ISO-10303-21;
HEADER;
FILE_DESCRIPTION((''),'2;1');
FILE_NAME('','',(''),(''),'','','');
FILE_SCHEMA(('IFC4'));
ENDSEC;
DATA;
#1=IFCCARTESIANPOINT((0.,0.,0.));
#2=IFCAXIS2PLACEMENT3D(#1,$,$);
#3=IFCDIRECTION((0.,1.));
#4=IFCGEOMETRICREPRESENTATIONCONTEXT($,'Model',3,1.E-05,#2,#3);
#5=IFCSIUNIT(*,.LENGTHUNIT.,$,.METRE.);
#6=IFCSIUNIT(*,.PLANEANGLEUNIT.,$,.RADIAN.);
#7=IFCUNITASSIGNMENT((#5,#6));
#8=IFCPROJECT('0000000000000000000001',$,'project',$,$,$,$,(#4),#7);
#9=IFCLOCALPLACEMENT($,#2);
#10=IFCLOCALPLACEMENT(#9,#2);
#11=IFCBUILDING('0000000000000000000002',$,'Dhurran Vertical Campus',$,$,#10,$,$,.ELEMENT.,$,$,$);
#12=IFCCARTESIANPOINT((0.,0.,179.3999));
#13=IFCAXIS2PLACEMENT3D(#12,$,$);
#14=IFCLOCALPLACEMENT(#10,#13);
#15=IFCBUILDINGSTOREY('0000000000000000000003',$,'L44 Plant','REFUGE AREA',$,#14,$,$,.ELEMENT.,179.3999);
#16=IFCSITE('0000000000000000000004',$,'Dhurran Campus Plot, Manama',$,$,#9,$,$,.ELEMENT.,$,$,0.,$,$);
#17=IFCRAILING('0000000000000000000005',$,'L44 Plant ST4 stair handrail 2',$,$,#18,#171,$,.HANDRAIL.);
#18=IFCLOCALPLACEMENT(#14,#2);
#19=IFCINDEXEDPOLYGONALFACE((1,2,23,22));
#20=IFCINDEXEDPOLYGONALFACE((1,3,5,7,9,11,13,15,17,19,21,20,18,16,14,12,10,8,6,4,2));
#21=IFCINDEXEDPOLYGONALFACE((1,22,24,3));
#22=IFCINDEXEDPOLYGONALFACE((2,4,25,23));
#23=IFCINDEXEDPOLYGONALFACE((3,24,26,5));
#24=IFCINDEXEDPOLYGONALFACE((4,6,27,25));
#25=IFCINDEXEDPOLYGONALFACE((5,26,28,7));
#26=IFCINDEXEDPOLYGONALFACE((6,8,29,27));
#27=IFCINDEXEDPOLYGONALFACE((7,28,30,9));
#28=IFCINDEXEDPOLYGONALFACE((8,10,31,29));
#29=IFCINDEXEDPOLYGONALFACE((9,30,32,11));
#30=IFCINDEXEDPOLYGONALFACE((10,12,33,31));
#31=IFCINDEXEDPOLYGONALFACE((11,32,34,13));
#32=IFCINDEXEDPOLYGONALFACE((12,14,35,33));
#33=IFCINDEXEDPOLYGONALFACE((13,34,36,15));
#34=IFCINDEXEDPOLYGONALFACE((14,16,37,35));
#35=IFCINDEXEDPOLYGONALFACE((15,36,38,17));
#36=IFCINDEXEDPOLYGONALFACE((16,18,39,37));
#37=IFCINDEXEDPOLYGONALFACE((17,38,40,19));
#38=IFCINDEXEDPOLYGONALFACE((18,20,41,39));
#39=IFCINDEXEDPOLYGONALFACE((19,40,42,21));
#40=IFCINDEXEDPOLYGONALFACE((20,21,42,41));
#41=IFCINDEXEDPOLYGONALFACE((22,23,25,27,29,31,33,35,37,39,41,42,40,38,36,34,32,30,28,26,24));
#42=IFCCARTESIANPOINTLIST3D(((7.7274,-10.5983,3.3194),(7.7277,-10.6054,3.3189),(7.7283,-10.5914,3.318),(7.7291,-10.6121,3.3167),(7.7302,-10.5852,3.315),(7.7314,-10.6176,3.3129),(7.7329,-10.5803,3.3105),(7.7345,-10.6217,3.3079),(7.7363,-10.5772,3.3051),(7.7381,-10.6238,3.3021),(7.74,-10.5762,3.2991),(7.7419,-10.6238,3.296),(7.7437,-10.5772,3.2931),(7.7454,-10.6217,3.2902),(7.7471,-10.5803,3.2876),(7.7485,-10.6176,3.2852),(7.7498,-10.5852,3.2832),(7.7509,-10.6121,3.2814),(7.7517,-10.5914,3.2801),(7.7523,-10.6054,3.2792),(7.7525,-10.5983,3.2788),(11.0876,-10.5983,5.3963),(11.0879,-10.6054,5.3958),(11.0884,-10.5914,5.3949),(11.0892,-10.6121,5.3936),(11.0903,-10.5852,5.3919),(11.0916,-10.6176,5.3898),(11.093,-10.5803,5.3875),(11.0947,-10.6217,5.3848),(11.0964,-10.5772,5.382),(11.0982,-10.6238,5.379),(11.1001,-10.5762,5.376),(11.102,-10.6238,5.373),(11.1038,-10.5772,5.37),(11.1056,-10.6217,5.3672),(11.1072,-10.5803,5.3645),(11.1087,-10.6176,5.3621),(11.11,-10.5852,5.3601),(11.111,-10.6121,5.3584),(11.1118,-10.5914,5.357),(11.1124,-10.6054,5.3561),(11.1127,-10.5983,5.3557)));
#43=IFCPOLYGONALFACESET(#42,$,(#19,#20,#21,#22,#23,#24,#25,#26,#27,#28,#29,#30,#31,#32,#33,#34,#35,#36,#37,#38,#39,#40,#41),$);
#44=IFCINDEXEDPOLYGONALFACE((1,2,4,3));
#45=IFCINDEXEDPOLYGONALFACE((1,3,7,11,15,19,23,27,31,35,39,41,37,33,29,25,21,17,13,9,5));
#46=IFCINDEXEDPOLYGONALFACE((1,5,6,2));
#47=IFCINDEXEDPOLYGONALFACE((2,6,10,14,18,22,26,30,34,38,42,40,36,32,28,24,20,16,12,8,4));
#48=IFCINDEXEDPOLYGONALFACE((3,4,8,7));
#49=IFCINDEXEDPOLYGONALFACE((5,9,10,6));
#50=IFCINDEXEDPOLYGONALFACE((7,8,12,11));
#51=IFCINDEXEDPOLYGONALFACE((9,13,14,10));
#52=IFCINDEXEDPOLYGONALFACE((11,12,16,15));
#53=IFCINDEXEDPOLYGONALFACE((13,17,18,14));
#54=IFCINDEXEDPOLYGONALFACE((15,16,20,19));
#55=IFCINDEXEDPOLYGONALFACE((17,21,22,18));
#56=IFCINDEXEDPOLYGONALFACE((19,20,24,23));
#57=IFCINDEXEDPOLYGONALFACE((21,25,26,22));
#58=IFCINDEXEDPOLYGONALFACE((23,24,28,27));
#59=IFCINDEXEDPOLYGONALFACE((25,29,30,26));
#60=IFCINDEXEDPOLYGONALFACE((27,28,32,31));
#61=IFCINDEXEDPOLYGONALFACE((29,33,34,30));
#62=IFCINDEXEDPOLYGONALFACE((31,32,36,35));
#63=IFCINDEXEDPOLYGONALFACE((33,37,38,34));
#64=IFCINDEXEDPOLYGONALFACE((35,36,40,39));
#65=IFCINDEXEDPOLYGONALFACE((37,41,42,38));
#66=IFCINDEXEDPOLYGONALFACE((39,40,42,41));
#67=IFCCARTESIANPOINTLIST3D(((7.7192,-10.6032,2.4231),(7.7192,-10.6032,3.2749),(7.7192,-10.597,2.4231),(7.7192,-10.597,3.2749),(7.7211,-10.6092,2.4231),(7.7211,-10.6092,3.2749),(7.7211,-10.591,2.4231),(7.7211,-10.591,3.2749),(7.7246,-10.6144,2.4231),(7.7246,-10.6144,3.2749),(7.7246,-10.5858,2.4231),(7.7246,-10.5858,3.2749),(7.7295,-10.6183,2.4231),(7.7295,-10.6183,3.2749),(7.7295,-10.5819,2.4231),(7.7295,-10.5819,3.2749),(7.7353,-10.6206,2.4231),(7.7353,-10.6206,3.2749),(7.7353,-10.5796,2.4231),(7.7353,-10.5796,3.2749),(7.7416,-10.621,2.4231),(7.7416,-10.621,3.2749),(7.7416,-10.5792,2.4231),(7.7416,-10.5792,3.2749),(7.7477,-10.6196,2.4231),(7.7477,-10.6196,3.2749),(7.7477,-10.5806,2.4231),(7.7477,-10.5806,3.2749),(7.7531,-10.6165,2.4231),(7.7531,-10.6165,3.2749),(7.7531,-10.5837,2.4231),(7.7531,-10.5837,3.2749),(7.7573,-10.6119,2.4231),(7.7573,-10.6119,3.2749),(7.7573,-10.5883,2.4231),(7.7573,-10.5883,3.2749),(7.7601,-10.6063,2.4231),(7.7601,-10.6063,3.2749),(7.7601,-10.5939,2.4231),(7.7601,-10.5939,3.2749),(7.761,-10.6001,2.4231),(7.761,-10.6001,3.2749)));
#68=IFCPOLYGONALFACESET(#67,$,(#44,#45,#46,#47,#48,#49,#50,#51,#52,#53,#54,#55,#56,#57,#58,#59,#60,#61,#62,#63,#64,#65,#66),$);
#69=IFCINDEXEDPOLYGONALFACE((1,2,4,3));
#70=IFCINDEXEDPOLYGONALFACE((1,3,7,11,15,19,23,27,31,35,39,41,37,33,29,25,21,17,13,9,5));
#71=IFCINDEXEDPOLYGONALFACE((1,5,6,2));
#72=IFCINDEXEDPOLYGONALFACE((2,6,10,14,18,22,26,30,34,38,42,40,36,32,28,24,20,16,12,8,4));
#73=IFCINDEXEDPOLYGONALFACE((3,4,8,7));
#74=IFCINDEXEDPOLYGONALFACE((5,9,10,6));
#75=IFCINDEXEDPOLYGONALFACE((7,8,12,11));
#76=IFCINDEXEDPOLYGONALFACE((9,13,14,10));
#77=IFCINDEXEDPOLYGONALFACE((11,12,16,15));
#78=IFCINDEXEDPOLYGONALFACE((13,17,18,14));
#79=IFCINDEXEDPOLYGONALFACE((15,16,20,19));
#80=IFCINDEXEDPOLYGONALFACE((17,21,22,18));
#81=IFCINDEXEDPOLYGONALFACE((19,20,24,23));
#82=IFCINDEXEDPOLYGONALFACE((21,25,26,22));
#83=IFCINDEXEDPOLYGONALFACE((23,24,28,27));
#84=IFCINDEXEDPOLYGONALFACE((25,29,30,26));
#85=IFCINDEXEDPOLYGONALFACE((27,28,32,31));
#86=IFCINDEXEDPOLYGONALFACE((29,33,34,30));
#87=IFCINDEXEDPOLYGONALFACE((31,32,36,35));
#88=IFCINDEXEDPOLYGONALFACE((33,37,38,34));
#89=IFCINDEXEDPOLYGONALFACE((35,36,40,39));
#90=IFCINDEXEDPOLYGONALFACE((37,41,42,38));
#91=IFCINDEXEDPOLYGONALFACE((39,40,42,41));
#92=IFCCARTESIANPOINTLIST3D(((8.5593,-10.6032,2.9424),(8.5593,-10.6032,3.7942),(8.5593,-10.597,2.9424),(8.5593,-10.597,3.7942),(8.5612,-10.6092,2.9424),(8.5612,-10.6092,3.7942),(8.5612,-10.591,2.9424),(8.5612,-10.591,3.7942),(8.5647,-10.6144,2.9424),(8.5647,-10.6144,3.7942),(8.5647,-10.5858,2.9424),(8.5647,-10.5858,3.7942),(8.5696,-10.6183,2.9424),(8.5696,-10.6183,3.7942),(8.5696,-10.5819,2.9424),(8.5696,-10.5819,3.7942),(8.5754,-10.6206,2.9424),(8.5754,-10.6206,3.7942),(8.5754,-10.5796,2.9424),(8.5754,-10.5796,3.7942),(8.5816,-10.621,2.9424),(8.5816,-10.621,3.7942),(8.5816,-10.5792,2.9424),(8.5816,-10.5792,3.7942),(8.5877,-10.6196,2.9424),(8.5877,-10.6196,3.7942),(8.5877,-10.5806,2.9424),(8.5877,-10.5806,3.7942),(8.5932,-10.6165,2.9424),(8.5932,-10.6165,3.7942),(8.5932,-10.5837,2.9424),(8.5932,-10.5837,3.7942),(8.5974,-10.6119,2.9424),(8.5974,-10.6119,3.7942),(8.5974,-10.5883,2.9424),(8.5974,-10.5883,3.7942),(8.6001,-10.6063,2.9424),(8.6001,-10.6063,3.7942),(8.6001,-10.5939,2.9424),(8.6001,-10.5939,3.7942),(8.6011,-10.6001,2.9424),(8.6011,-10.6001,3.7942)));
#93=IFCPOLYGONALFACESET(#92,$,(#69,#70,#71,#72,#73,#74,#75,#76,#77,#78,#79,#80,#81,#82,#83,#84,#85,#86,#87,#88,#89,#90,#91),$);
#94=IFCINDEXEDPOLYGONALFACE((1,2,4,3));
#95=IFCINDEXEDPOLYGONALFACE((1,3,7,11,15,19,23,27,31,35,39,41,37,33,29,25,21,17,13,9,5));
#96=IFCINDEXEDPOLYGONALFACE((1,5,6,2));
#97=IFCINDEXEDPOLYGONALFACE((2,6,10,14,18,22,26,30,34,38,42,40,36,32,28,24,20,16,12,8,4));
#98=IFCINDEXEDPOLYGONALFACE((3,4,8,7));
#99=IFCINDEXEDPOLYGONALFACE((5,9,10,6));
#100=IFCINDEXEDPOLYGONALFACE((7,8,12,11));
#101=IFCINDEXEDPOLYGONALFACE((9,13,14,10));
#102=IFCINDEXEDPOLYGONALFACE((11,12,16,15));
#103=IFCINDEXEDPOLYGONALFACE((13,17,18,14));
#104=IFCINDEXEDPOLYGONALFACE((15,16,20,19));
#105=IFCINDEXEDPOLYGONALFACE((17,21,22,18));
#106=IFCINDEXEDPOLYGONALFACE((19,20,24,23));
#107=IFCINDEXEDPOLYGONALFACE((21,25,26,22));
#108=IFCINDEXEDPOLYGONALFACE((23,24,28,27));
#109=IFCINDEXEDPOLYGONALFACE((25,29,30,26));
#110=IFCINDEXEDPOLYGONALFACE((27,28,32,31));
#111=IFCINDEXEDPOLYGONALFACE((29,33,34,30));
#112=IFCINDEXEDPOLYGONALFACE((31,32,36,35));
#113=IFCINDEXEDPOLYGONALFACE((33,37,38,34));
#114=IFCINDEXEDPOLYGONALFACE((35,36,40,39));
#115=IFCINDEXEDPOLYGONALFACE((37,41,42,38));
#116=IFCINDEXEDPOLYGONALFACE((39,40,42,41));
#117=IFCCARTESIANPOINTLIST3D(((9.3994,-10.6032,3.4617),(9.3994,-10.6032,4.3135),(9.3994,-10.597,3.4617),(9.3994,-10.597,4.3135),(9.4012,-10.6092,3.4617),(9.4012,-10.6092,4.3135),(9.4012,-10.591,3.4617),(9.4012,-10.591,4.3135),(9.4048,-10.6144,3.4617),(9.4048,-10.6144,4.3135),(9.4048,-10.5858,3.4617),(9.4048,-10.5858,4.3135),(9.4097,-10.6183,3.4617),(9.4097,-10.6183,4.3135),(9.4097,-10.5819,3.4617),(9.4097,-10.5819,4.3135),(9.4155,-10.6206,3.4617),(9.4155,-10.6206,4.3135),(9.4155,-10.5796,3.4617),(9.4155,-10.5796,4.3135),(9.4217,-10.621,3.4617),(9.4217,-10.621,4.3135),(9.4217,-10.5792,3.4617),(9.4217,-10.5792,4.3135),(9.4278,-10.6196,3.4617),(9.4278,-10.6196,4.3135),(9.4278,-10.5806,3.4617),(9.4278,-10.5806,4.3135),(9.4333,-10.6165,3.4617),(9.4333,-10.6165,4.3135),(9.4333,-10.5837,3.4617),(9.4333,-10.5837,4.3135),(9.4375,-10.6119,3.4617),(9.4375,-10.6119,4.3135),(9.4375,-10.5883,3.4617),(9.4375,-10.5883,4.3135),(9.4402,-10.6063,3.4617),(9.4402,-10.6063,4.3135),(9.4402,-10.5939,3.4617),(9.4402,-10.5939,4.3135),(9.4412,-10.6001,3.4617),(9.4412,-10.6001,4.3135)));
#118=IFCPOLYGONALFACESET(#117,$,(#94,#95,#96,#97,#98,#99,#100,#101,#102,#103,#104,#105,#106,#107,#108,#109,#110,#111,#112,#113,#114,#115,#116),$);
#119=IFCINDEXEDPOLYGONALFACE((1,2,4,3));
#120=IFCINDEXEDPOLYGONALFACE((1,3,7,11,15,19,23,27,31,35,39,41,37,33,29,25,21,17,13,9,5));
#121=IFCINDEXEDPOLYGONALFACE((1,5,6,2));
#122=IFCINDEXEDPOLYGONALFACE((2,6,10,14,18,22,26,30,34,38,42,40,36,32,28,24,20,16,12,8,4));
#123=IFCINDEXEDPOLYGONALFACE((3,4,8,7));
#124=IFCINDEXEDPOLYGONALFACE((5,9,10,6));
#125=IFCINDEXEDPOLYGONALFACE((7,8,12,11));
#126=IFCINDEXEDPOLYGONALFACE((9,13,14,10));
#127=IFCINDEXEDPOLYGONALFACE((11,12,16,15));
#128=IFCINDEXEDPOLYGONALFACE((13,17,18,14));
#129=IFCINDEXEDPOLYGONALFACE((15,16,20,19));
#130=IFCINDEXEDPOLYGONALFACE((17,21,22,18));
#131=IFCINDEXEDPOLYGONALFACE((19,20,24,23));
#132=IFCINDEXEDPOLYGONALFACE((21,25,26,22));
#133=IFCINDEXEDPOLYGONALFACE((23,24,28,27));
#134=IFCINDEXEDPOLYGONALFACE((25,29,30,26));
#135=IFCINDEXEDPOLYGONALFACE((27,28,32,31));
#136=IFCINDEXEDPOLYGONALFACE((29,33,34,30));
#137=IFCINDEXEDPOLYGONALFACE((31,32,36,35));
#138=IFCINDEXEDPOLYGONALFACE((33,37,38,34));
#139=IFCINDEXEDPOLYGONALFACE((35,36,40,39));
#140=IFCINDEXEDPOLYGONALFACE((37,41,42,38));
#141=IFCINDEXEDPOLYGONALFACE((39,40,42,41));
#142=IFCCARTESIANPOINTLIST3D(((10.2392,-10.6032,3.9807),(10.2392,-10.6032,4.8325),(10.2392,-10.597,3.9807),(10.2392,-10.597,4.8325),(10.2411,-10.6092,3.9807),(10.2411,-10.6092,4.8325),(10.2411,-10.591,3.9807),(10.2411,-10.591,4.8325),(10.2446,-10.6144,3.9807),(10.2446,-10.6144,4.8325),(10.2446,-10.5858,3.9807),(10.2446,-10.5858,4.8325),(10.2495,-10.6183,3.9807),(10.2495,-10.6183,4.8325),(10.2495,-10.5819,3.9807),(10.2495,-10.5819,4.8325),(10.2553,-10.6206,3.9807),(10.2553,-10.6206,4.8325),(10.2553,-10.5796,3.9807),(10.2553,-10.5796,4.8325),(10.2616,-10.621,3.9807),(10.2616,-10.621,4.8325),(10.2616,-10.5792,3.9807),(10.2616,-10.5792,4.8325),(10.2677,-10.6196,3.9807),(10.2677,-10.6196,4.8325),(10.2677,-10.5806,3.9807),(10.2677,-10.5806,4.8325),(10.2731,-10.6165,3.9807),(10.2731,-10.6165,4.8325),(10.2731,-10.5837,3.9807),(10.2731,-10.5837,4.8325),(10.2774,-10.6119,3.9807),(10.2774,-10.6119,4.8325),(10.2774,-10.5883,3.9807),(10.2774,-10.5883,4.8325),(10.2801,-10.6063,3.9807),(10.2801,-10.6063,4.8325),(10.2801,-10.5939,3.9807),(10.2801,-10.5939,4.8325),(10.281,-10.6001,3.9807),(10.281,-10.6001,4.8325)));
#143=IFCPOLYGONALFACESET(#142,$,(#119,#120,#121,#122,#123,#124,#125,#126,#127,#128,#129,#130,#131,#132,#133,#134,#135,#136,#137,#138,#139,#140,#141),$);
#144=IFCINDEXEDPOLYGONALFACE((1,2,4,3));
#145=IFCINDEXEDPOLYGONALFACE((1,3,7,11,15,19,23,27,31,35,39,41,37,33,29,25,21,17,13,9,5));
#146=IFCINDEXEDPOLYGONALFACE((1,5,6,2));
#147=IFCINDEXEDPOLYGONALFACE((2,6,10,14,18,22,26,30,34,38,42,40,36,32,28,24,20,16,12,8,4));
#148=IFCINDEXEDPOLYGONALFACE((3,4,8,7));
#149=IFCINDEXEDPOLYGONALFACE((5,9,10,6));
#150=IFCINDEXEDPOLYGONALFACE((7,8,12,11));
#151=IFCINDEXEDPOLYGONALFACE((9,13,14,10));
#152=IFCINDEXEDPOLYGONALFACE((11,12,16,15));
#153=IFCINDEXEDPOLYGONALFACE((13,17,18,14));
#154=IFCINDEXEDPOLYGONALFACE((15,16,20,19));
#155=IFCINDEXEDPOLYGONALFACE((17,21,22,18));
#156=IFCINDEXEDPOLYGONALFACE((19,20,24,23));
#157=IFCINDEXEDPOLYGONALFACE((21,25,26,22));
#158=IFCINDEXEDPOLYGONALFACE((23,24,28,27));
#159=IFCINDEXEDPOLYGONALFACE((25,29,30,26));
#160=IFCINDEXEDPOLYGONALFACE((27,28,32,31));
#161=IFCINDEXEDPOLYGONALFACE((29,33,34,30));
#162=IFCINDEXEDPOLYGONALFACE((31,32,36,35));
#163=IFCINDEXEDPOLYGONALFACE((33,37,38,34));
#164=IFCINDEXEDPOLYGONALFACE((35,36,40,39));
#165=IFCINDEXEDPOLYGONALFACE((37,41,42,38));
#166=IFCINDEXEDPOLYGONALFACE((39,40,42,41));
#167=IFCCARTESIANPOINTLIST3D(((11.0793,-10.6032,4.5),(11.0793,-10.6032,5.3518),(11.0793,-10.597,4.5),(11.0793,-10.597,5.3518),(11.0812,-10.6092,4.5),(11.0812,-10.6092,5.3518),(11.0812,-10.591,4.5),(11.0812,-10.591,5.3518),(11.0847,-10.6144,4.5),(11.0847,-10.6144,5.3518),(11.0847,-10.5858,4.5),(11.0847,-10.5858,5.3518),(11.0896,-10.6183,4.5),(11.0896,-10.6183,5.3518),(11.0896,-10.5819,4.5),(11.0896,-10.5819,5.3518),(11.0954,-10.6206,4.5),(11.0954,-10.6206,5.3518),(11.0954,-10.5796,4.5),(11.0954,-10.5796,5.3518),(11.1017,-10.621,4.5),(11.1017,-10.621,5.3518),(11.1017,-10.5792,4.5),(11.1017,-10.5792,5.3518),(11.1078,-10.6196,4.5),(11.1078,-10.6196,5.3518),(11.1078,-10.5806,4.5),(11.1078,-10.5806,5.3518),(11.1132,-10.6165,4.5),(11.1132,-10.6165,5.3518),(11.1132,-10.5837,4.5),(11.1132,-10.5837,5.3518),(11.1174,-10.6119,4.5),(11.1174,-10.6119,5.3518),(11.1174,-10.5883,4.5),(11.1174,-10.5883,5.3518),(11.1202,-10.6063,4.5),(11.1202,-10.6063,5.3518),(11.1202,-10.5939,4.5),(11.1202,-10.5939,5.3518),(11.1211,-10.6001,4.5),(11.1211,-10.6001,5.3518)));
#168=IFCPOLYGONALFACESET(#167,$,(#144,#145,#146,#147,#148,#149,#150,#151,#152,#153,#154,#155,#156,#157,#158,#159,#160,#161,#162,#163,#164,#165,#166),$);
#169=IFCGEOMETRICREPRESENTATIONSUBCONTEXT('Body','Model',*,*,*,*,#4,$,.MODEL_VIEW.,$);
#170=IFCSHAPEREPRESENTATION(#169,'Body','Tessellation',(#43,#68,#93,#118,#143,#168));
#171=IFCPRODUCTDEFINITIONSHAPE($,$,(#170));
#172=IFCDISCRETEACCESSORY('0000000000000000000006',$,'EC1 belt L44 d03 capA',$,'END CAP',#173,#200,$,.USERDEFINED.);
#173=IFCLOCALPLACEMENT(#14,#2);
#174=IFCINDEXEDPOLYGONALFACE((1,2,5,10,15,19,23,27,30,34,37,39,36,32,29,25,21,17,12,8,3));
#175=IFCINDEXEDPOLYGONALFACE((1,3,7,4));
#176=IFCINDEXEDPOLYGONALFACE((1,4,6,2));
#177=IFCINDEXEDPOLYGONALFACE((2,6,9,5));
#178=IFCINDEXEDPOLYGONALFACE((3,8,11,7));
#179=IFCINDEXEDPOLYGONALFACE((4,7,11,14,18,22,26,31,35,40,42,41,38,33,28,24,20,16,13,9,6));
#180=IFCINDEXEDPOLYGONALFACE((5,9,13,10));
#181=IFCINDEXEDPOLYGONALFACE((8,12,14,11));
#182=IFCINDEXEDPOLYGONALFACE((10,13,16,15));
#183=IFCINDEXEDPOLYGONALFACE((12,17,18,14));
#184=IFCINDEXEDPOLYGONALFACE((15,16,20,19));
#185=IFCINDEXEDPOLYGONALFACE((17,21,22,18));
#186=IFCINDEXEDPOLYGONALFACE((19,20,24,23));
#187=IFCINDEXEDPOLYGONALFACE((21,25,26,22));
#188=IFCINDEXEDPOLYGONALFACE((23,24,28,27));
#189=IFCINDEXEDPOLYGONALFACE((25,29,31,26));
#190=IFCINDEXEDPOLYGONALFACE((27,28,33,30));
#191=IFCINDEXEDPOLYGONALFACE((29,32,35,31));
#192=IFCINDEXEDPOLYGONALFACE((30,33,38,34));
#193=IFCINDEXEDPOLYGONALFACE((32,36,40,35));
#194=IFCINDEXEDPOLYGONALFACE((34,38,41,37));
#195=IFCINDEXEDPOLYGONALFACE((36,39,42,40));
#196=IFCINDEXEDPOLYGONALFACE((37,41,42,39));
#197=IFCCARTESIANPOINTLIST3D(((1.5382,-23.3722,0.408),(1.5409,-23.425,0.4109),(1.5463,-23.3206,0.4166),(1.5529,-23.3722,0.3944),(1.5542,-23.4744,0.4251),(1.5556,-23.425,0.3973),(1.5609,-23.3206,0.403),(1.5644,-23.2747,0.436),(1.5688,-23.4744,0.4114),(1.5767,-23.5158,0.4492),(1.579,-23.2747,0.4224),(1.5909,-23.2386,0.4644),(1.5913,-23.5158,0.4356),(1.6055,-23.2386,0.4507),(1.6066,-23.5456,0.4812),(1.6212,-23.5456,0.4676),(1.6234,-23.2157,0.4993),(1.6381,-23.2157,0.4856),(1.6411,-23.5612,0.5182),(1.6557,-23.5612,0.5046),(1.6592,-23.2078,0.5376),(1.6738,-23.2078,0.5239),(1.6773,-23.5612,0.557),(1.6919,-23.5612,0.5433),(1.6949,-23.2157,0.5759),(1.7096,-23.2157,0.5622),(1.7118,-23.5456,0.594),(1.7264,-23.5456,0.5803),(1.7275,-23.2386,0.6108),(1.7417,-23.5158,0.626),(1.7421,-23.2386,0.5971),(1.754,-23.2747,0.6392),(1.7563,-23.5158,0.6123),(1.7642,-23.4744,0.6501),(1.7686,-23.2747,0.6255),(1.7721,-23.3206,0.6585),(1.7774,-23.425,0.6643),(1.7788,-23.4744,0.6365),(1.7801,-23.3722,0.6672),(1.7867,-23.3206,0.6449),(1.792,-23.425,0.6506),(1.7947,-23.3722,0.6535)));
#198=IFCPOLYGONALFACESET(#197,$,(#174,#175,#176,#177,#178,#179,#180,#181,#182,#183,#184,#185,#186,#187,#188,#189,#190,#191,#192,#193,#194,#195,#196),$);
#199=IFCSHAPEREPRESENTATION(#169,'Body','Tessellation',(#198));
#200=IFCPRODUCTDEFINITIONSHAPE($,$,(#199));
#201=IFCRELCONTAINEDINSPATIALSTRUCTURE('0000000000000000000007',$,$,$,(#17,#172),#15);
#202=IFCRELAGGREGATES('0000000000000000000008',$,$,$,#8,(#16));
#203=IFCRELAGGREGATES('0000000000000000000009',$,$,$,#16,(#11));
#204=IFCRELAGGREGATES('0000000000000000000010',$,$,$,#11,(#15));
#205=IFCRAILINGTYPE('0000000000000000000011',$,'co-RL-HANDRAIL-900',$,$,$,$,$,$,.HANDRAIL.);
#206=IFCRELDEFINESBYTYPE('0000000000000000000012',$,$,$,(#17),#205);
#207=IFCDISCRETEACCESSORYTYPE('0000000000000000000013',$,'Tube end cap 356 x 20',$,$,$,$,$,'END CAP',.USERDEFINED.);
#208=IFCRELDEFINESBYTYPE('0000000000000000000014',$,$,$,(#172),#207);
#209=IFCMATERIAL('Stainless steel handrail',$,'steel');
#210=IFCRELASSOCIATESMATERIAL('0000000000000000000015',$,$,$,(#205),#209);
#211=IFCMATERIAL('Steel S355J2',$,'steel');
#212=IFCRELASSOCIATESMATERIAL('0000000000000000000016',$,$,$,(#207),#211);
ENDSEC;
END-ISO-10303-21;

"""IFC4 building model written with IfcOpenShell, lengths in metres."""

from ifc_helpers import new_model, si_unit, direction, frame, origin, origin_2d, place, context, subcontext, project, spatial, circle, extrude, material, material_profile, profile_set, type_object, element, save


model = new_model("IFC4")

# Units and contexts
model_context = context("Model", 3, precision=1e-05, world=origin(), true_north=direction((0.0, 1.0)))
body_context = subcontext(model_context, "Body", "Model", "MODEL_VIEW")
ifc_project = project(units=[si_unit("LENGTHUNIT", "METRE"), si_unit("PLANEANGLEUNIT", "RADIAN")], contexts=[model_context])

# Site, building, storey
site_placement = place(None, origin())
site = spatial("IfcSite", under=ifc_project, at=site_placement, Name="Dhurran Campus Plot, Manama", CompositionType="ELEMENT", RefElevation=0.0)
building_placement = place(site_placement, origin())
building = spatial("IfcBuilding", under=site, at=building_placement, Name="Dhurran Vertical Campus", CompositionType="ELEMENT")
storey_placement = place(building_placement, frame((0.0, 0.0, 179.3999)))
storey = spatial("IfcBuildingStorey", under=building, at=storey_placement, Name="L44 Plant", Description="REFUGE AREA", CompositionType="ELEMENT", Elevation=179.3999)

# Railing
ifc_material_1 = material(Name="Stainless steel handrail", Category="steel")
railing_type_1 = type_object("IfcRailingType", Name="co-RL-HANDRAIL-900", PredefinedType="HANDRAIL", material=ifc_material_1)
railing_1_placement = place(storey_placement, frame((7.74, -10.6001, 2.4231)))
element("IfcRailing", 1, at=railing_1_placement, inside=storey, type_object=railing_type_1, Name="L44 Plant ST4 stair handrail 2", PredefinedType="HANDRAIL", context=body_context, shape_type="SweptSolid", body=[
    extrude(circle(Radius=0.0239, at=origin_2d()), frame((0.0, 0.0, 0.876), z_axis=(0.850623, 0.0, 0.525776), x_axis=(0.0, 1.0, 0.0)), (0.0, 0.0, 1.0), 3.9502),
    extrude(circle(Radius=0.021, at=origin_2d()), origin(), (0.0, 0.0, 1.0), 0.8518),
    extrude(circle(Radius=0.021, at=origin_2d()), frame((0.8401, 0.0, 0.5193)), (0.0, 0.0, 1.0), 0.8518),
    extrude(circle(Radius=0.021, at=origin_2d()), frame((1.6802, 0.0, 1.0386)), (0.0, 0.0, 1.0), 0.8518),
    extrude(circle(Radius=0.021, at=origin_2d()), frame((2.52, 0.0, 1.5576)), (0.0, 0.0, 1.0), 0.8518),
    extrude(circle(Radius=0.021, at=origin_2d()), frame((3.3601, 0.0, 2.0769)), (0.0, 0.0, 1.0), 0.8518),
])

# Discrete accessory
ifc_material_2 = material(Name="Steel S355J2", Category="steel")
ifc_material_profile_1 = material_profile(ifc_material_2, circle(Radius=0.1777, at=origin_2d()), Name="Tube end cap 356 x 20")
ifc_profile_set_1 = profile_set([ifc_material_profile_1], Name="Steel S355J2")
discrete_accessory_type = type_object("IfcDiscreteAccessoryType", Name="Tube end cap 356 x 20", ElementType="END CAP", PredefinedType="USERDEFINED", material=ifc_profile_set_1)
for number, where, z_axis, x_axis, name in (
    (2, (1.6592, -23.3855, 0.5376), (0.731055, 0.0, -0.682318), (0.0, 1.0, 0.0), "EC1 belt L44 d03 capA"),
):
    element("IfcDiscreteAccessory", number, at=place(storey_placement, frame(where, z_axis=z_axis, x_axis=x_axis)), inside=storey, type_object=discrete_accessory_type, Name=name, ObjectType="END CAP", PredefinedType="USERDEFINED", context=body_context, shape_type="SweptSolid", body=[
        extrude(circle(Radius=0.1777, at=origin_2d()), origin(), (0.0, 0.0, 1.0), 0.02),
    ])

save(model, "model.ifc")
